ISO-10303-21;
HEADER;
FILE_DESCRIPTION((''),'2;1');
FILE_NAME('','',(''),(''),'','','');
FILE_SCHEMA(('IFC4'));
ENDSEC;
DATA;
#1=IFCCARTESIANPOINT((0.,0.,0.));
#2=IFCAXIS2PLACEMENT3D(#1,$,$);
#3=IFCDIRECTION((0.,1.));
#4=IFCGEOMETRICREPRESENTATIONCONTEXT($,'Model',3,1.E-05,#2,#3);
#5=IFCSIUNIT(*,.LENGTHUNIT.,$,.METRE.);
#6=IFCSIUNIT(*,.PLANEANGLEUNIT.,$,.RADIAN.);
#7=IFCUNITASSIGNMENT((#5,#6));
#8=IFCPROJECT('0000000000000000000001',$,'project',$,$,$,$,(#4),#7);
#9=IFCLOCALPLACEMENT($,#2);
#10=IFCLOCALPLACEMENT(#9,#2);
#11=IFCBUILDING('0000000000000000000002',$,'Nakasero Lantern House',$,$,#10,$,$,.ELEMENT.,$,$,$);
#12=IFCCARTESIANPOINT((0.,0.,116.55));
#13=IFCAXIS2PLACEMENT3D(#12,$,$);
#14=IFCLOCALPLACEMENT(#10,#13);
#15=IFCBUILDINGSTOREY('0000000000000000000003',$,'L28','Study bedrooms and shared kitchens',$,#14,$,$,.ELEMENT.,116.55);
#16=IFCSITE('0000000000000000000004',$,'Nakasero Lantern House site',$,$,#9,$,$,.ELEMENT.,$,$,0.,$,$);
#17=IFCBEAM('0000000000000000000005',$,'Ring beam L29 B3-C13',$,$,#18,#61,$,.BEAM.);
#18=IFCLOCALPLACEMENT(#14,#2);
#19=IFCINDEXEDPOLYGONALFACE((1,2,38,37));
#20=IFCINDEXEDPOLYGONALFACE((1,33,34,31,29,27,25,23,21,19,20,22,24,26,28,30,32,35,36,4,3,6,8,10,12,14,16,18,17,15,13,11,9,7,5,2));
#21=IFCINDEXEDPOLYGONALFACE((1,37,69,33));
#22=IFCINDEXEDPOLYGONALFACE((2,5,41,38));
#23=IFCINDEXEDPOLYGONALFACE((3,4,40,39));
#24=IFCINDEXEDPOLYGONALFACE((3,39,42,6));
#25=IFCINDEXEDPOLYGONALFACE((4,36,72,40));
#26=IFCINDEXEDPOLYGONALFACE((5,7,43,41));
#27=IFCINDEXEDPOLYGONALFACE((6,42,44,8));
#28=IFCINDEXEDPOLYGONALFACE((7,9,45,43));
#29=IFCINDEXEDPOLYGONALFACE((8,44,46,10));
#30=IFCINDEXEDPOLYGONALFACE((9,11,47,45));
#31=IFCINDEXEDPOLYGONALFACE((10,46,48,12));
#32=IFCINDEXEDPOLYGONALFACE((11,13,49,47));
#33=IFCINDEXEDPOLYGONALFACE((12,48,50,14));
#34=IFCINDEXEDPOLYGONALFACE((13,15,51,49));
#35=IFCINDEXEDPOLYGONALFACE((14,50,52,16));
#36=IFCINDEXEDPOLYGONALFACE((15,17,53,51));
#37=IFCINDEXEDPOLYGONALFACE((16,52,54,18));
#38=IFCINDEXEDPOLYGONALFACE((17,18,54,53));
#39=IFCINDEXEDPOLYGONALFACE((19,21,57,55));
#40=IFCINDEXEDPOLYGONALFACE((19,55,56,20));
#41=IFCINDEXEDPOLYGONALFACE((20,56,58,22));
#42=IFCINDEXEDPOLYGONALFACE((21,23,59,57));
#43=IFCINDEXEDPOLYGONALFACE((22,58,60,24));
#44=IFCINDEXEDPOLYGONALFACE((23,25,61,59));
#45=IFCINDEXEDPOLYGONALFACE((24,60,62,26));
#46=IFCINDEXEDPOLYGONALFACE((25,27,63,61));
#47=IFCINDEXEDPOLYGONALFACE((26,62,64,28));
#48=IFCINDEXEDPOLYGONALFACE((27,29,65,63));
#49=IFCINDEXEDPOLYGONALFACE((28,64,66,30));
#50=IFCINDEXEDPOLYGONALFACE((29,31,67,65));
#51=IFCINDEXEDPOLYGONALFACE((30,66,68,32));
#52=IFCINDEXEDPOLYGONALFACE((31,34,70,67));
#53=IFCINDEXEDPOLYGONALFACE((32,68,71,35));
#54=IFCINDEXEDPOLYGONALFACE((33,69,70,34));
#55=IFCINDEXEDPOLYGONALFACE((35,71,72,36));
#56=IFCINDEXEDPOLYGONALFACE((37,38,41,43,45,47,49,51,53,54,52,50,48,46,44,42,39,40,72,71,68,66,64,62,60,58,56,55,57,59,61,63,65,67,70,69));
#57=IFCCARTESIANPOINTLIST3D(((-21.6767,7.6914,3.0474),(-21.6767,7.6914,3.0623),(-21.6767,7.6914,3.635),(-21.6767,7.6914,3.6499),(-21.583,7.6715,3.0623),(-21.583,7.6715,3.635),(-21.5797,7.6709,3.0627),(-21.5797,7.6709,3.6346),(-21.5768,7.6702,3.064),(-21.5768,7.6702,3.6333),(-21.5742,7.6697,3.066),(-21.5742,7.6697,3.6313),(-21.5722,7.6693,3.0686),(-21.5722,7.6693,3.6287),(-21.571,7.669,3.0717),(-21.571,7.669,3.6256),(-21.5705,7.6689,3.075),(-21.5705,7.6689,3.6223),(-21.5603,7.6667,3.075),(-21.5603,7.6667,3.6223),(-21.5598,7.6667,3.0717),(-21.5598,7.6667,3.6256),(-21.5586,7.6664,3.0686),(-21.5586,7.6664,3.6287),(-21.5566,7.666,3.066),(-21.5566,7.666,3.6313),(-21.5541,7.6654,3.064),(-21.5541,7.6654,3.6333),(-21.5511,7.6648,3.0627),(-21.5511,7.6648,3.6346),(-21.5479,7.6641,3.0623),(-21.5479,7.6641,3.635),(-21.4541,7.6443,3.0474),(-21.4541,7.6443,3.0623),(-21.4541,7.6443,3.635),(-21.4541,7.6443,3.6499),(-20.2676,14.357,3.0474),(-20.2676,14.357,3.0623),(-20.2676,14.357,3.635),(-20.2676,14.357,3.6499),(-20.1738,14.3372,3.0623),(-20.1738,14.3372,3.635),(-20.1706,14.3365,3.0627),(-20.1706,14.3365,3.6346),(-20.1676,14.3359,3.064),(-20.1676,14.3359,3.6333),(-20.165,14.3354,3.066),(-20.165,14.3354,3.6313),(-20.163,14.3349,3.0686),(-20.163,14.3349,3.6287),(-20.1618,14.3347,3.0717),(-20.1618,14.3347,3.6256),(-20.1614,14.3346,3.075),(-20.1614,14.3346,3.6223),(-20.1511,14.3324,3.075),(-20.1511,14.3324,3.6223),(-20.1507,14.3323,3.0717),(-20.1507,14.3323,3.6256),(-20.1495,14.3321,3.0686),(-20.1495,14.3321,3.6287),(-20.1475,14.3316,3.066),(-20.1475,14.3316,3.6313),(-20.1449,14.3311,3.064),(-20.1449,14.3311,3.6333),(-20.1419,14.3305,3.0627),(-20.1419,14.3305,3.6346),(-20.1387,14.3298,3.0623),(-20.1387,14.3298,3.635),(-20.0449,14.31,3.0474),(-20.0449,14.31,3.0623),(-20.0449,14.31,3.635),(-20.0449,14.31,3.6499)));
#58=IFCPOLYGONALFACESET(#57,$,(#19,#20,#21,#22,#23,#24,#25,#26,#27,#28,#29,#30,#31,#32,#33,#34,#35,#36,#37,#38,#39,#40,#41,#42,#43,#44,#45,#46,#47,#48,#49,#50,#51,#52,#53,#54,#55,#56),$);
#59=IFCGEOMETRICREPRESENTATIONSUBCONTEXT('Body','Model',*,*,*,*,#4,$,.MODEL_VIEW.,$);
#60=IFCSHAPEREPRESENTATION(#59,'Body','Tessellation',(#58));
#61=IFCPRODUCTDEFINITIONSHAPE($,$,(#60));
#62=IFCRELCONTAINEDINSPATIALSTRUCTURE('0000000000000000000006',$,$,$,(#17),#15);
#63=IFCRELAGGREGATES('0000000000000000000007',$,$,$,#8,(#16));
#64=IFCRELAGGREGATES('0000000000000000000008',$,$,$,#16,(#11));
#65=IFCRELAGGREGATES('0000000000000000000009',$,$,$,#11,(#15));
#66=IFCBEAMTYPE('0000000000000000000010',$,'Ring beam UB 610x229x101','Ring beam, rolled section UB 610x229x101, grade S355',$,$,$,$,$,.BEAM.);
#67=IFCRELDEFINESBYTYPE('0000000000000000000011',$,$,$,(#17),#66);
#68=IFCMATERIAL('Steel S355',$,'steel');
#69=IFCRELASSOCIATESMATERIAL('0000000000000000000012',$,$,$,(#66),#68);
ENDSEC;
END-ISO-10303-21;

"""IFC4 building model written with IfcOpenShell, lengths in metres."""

from ifc_helpers import new_model, si_unit, direction, frame, origin, origin_2d, place, context, subcontext, project, spatial, i_section, extrude, material, material_profile, profile_set, type_object, element, save


model = new_model("IFC4")

# Units and contexts
model_context = context("Model", 3, precision=1e-05, world=origin(), true_north=direction((0.0, 1.0)))
body_context = subcontext(model_context, "Body", "Model", "MODEL_VIEW")
ifc_project = project(units=[si_unit("LENGTHUNIT", "METRE"), si_unit("PLANEANGLEUNIT", "RADIAN")], contexts=[model_context])

# Site, building, storey
site_placement = place(None, origin())
site = spatial("IfcSite", under=ifc_project, at=site_placement, Name="Nakasero Lantern House site", CompositionType="ELEMENT", RefElevation=0.0)
building_placement = place(site_placement, origin())
building = spatial("IfcBuilding", under=site, at=building_placement, Name="Nakasero Lantern House", CompositionType="ELEMENT")
storey_placement = place(building_placement, frame((0.0, 0.0, 116.55)))
storey = spatial("IfcBuildingStorey", under=building, at=storey_placement, Name="L28", Description="Study bedrooms and shared kitchens", CompositionType="ELEMENT", Elevation=116.55)

# Beam
ifc_material_1 = material(Name="Steel S355", Category="steel")
ifc_material_profile_1 = material_profile(ifc_material_1, i_section(OverallWidth=0.2275, OverallDepth=0.6025, WebThickness=0.0105, FlangeThickness=0.0149, FilletRadius=0.0127, at=origin_2d()), Name="UB 610x229x101")
ifc_profile_set_1 = profile_set([ifc_material_profile_1], Name="Steel S355")
beam_type_1 = type_object("IfcBeamType", Name="Ring beam UB 610x229x101", Description="Ring beam, rolled section UB 610x229x101, grade S355", PredefinedType="BEAM", material=ifc_profile_set_1)
beam_1_placement = place(storey_placement, frame((-20.1562, 14.3335, 3.3486), z_axis=(-0.206834, -0.978376, 0.0), x_axis=(0.978376, -0.206834, 0.0)))
element("IfcBeam", 1, at=beam_1_placement, inside=storey, type_object=beam_type_1, Name="Ring beam L29 B3-C13", PredefinedType="BEAM", context=body_context, shape_type="SweptSolid", body=[
    extrude(i_section(OverallWidth=0.2275, OverallDepth=0.6025, WebThickness=0.0105, FlangeThickness=0.0149, FilletRadius=0.0127, at=origin_2d()), origin(), (0.0, 0.0, 1.0), 6.813),
])

save(model, "model.ifc")
